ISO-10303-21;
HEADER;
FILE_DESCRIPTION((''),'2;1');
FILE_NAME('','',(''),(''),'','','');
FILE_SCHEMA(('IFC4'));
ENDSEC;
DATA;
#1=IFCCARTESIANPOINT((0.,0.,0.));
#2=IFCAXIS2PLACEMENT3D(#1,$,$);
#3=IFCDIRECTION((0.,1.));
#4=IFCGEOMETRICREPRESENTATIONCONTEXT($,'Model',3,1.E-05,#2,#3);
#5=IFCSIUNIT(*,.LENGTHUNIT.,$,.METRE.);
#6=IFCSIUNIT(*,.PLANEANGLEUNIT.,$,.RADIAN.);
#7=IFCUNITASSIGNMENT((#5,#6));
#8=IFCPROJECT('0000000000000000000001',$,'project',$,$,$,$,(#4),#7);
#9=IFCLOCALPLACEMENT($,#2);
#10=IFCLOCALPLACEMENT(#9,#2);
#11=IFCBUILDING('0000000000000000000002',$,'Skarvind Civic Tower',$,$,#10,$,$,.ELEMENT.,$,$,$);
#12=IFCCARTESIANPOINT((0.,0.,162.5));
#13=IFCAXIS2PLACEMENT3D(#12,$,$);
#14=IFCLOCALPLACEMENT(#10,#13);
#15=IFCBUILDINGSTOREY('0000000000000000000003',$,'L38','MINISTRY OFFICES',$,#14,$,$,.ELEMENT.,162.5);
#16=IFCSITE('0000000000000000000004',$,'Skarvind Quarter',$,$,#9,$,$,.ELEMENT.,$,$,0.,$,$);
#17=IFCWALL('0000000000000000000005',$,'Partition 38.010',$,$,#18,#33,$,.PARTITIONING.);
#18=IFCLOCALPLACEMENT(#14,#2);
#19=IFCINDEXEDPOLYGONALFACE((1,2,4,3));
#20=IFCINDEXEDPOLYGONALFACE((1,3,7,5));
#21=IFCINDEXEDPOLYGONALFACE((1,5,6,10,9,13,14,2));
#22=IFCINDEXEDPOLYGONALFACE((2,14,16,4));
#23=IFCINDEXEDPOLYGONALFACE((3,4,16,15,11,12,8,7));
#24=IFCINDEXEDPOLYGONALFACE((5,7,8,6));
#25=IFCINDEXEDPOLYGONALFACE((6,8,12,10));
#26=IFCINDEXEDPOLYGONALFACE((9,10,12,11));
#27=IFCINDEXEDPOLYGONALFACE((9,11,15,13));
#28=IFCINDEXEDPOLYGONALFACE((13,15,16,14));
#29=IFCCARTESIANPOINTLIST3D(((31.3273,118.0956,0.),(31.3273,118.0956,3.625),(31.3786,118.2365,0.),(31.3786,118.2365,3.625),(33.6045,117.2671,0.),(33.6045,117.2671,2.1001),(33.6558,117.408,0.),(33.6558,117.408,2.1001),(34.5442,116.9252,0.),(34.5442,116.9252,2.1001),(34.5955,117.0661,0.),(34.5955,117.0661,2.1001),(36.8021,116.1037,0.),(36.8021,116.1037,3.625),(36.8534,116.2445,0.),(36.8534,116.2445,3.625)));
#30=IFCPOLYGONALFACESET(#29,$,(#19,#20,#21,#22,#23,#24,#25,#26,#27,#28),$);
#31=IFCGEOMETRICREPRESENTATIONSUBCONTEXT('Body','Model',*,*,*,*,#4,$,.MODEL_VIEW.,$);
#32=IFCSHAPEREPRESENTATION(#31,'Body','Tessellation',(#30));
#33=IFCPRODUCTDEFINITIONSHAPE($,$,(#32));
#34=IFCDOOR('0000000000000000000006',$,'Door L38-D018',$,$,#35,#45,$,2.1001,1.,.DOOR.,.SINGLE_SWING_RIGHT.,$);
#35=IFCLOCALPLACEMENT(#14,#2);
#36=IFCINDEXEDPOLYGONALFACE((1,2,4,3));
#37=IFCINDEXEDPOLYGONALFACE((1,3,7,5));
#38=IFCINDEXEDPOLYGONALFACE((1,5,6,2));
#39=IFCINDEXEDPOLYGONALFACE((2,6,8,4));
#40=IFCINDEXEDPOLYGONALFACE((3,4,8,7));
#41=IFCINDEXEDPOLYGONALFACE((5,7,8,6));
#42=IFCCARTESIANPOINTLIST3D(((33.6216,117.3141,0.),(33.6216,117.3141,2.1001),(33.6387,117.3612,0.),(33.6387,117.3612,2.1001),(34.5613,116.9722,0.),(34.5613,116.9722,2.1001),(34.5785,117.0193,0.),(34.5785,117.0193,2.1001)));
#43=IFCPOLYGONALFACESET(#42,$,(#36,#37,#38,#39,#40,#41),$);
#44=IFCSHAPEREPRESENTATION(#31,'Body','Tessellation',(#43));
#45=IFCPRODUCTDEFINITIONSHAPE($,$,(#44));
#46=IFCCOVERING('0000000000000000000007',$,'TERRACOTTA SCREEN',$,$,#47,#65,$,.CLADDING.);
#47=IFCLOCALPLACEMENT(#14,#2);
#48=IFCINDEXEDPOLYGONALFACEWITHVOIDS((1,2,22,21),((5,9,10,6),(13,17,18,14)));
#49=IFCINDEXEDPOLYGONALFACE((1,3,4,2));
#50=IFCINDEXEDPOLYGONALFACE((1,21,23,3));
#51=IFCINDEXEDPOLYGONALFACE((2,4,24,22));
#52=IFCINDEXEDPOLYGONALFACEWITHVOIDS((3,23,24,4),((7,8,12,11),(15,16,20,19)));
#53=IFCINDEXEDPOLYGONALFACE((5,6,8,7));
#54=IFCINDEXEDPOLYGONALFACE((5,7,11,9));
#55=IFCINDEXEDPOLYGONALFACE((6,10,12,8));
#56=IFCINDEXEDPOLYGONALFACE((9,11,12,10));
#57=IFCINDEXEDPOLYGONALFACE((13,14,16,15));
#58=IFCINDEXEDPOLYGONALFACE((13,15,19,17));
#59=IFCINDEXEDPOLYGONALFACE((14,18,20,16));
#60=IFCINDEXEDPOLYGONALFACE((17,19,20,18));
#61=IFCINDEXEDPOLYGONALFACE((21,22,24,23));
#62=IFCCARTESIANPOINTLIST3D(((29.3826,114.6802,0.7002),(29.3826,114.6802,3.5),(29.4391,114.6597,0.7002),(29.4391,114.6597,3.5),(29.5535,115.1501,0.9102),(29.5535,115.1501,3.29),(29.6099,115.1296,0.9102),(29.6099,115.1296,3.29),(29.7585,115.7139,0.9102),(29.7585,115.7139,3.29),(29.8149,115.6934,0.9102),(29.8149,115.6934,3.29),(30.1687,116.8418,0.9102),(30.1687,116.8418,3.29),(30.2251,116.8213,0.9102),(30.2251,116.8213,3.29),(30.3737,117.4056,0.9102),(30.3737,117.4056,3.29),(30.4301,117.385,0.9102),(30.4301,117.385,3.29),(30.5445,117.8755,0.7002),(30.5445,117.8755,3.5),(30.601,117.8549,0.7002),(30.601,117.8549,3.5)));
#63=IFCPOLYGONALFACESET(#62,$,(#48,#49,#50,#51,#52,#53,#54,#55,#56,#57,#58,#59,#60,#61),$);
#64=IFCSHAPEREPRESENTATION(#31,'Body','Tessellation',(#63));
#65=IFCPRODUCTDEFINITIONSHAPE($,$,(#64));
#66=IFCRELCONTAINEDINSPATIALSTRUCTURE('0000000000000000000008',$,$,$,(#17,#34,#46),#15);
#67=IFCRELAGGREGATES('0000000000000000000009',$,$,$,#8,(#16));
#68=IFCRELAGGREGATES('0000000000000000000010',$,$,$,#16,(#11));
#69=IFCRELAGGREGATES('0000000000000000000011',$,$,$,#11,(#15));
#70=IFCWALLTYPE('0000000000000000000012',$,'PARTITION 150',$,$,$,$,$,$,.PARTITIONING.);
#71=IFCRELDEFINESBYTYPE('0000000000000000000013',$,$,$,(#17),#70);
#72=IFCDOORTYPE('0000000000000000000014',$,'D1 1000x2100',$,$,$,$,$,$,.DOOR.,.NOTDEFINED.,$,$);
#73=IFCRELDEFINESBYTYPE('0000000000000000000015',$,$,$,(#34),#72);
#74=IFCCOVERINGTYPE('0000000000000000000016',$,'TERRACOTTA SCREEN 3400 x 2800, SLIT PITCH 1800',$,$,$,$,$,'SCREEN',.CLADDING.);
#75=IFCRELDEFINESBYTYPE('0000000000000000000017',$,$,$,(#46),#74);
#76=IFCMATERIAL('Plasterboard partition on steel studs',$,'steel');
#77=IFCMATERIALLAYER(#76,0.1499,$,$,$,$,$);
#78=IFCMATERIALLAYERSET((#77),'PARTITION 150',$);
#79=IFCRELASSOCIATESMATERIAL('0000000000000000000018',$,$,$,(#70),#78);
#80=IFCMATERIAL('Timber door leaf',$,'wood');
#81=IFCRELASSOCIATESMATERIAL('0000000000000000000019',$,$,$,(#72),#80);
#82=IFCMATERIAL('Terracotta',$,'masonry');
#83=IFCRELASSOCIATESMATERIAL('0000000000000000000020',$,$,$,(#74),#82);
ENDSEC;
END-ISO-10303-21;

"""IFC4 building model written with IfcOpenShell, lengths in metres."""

from ifc_helpers import new_model, si_unit, direction, frame, frame_2d, origin, place, context, subcontext, project, spatial, polyline, rectangle, outline, extrude, material, layer, layer_set, material_profile, profile_set, type_object, element, fill, save


model = new_model("IFC4")

# Units and contexts
model_context = context("Model", 3, precision=1e-05, world=origin(), true_north=direction((0.0, 1.0)))
body_context = subcontext(model_context, "Body", "Model", "MODEL_VIEW")
ifc_project = project(units=[si_unit("LENGTHUNIT", "METRE"), si_unit("PLANEANGLEUNIT", "RADIAN")], contexts=[model_context])

# Site, building, storey
site_placement = place(None, origin())
site = spatial("IfcSite", under=ifc_project, at=site_placement, Name="Skarvind Quarter", CompositionType="ELEMENT", RefElevation=0.0)
building_placement = place(site_placement, origin())
building = spatial("IfcBuilding", under=site, at=building_placement, Name="Skarvind Civic Tower", CompositionType="ELEMENT")
storey_placement = place(building_placement, frame((0.0, 0.0, 162.5)))
storey = spatial("IfcBuildingStorey", under=building, at=storey_placement, Name="L38", Description="MINISTRY OFFICES", CompositionType="ELEMENT", Elevation=162.5)

# Shared definitions
ifc_material_1 = material(Name="Plasterboard partition on steel studs", Category="steel")
ifc_layer_1 = layer(ifc_material_1, 0.1499)
ifc_layer_set_1 = layer_set([ifc_layer_1], Name="PARTITION 150")
wall_type_1 = type_object("IfcWallType", Name="PARTITION 150", PredefinedType="PARTITIONING", material=ifc_layer_set_1)

# Shared definitions
ifc_material_2 = material(Name="Timber door leaf", Category="wood")
door_type = type_object("IfcDoorType", Name="D1 1000x2100", OperationType="NOTDEFINED", PredefinedType="DOOR", material=ifc_material_2)

# Wall, opening, door
wall_1_placement = place(storey_placement, frame((36.8279, 116.1741, 0.0), z_axis=(0.0, 0.0, 1.0), x_axis=(-0.939733, 0.341908, 0.0)))
wall_1 = element("IfcWall", 1, at=wall_1_placement, inside=storey, type_object=wall_type_1, Name="Partition 38.010", PredefinedType="PARTITIONING", context=body_context, shape_type="SweptSolid", body=[
    extrude(rectangle(XDim=5.8259, YDim=0.1499, at=frame_2d((2.9131, 0.0))), origin(), (0.0, 0.0, 1.0), 3.625),
])
opening_1_placement = place(wall_1_placement, frame((2.4028, 0.0, 0.0)))
opening_1 = element("IfcOpeningElement", 2, at=opening_1_placement, cuts=wall_1, PredefinedType="OPENING", context=body_context, shape_type="SweptSolid", body=[
    extrude(rectangle(XDim=1.0, YDim=2.1001, at=frame_2d((0.5, 1.05))), frame((0.0, 0.085, 0.0), z_axis=(0.0, -1.0, 0.0), x_axis=(1.0, 0.0, 0.0)), (0.0, 0.0, 1.0), 0.1699),
])
door_1_placement = place(opening_1_placement, origin())
door_1 = element("IfcDoor", 3, at=door_1_placement, inside=storey, type_object=door_type, Name="Door L38-D018", OperationType="SINGLE_SWING_RIGHT", OverallHeight=2.1001, OverallWidth=1.0, PredefinedType="DOOR", context=body_context, shape_type="SweptSolid", body=[
    extrude(rectangle(XDim=1.0, YDim=2.1001, at=frame_2d((0.5, 1.05))), frame((0.0, 0.0249, 0.0), z_axis=(0.0, -1.0, 0.0), x_axis=(1.0, 0.0, 0.0)), (0.0, 0.0, 1.0), 0.05),
])
fill(opening_1, door_1)

# Covering
ifc_material_3 = material(Name="Terracotta", Category="masonry")
ifc_material_profile_1 = material_profile(ifc_material_3, outline(polyline([(-1.7, -1.3999), (1.7, -1.3999), (1.7, 1.3999), (-1.7, 1.3999), (-1.7, -1.3999)]), holes=[polyline([(-1.2, -1.1899), (-0.6001, -1.1899), (-0.6001, 1.1899), (-1.2, 1.1899), (-1.2, -1.1899)]), polyline([(0.6001, -1.1899), (1.2, -1.1899), (1.2, 1.1899), (0.6001, 1.1899), (0.6001, -1.1899)])]), Name="TERRACOTTA SCREEN 3400 x 2800, SLIT PITCH 1800")
ifc_profile_set_1 = profile_set([ifc_material_profile_1], Name="Terracotta")
covering_type = type_object("IfcCoveringType", Name="TERRACOTTA SCREEN 3400 x 2800, SLIT PITCH 1800", ElementType="SCREEN", PredefinedType="CLADDING", material=ifc_profile_set_1)
covering_placement = place(storey_placement, frame((30.02, 116.2573, 2.1001), z_axis=(-0.939793, 0.341743, 0.0), x_axis=(-0.341743, -0.939793, 0.0)))
element("IfcCovering", 4, at=covering_placement, inside=storey, type_object=covering_type, Name="TERRACOTTA SCREEN", PredefinedType="CLADDING", context=body_context, shape_type="SweptSolid", body=[
    extrude(outline(polyline([(-1.7, -1.3999), (1.7, -1.3999), (1.7, 1.3999), (-1.7, 1.3999), (-1.7, -1.3999)]), holes=[polyline([(-1.2, -1.1899), (-0.6001, -1.1899), (-0.6001, 1.1899), (-1.2, 1.1899), (-1.2, -1.1899)]), polyline([(0.6001, -1.1899), (1.2, -1.1899), (1.2, 1.1899), (0.6001, 1.1899), (0.6001, -1.1899)])]), origin(), (0.0, 0.0, 1.0), 0.0601),
])

save(model, "model.ifc")
